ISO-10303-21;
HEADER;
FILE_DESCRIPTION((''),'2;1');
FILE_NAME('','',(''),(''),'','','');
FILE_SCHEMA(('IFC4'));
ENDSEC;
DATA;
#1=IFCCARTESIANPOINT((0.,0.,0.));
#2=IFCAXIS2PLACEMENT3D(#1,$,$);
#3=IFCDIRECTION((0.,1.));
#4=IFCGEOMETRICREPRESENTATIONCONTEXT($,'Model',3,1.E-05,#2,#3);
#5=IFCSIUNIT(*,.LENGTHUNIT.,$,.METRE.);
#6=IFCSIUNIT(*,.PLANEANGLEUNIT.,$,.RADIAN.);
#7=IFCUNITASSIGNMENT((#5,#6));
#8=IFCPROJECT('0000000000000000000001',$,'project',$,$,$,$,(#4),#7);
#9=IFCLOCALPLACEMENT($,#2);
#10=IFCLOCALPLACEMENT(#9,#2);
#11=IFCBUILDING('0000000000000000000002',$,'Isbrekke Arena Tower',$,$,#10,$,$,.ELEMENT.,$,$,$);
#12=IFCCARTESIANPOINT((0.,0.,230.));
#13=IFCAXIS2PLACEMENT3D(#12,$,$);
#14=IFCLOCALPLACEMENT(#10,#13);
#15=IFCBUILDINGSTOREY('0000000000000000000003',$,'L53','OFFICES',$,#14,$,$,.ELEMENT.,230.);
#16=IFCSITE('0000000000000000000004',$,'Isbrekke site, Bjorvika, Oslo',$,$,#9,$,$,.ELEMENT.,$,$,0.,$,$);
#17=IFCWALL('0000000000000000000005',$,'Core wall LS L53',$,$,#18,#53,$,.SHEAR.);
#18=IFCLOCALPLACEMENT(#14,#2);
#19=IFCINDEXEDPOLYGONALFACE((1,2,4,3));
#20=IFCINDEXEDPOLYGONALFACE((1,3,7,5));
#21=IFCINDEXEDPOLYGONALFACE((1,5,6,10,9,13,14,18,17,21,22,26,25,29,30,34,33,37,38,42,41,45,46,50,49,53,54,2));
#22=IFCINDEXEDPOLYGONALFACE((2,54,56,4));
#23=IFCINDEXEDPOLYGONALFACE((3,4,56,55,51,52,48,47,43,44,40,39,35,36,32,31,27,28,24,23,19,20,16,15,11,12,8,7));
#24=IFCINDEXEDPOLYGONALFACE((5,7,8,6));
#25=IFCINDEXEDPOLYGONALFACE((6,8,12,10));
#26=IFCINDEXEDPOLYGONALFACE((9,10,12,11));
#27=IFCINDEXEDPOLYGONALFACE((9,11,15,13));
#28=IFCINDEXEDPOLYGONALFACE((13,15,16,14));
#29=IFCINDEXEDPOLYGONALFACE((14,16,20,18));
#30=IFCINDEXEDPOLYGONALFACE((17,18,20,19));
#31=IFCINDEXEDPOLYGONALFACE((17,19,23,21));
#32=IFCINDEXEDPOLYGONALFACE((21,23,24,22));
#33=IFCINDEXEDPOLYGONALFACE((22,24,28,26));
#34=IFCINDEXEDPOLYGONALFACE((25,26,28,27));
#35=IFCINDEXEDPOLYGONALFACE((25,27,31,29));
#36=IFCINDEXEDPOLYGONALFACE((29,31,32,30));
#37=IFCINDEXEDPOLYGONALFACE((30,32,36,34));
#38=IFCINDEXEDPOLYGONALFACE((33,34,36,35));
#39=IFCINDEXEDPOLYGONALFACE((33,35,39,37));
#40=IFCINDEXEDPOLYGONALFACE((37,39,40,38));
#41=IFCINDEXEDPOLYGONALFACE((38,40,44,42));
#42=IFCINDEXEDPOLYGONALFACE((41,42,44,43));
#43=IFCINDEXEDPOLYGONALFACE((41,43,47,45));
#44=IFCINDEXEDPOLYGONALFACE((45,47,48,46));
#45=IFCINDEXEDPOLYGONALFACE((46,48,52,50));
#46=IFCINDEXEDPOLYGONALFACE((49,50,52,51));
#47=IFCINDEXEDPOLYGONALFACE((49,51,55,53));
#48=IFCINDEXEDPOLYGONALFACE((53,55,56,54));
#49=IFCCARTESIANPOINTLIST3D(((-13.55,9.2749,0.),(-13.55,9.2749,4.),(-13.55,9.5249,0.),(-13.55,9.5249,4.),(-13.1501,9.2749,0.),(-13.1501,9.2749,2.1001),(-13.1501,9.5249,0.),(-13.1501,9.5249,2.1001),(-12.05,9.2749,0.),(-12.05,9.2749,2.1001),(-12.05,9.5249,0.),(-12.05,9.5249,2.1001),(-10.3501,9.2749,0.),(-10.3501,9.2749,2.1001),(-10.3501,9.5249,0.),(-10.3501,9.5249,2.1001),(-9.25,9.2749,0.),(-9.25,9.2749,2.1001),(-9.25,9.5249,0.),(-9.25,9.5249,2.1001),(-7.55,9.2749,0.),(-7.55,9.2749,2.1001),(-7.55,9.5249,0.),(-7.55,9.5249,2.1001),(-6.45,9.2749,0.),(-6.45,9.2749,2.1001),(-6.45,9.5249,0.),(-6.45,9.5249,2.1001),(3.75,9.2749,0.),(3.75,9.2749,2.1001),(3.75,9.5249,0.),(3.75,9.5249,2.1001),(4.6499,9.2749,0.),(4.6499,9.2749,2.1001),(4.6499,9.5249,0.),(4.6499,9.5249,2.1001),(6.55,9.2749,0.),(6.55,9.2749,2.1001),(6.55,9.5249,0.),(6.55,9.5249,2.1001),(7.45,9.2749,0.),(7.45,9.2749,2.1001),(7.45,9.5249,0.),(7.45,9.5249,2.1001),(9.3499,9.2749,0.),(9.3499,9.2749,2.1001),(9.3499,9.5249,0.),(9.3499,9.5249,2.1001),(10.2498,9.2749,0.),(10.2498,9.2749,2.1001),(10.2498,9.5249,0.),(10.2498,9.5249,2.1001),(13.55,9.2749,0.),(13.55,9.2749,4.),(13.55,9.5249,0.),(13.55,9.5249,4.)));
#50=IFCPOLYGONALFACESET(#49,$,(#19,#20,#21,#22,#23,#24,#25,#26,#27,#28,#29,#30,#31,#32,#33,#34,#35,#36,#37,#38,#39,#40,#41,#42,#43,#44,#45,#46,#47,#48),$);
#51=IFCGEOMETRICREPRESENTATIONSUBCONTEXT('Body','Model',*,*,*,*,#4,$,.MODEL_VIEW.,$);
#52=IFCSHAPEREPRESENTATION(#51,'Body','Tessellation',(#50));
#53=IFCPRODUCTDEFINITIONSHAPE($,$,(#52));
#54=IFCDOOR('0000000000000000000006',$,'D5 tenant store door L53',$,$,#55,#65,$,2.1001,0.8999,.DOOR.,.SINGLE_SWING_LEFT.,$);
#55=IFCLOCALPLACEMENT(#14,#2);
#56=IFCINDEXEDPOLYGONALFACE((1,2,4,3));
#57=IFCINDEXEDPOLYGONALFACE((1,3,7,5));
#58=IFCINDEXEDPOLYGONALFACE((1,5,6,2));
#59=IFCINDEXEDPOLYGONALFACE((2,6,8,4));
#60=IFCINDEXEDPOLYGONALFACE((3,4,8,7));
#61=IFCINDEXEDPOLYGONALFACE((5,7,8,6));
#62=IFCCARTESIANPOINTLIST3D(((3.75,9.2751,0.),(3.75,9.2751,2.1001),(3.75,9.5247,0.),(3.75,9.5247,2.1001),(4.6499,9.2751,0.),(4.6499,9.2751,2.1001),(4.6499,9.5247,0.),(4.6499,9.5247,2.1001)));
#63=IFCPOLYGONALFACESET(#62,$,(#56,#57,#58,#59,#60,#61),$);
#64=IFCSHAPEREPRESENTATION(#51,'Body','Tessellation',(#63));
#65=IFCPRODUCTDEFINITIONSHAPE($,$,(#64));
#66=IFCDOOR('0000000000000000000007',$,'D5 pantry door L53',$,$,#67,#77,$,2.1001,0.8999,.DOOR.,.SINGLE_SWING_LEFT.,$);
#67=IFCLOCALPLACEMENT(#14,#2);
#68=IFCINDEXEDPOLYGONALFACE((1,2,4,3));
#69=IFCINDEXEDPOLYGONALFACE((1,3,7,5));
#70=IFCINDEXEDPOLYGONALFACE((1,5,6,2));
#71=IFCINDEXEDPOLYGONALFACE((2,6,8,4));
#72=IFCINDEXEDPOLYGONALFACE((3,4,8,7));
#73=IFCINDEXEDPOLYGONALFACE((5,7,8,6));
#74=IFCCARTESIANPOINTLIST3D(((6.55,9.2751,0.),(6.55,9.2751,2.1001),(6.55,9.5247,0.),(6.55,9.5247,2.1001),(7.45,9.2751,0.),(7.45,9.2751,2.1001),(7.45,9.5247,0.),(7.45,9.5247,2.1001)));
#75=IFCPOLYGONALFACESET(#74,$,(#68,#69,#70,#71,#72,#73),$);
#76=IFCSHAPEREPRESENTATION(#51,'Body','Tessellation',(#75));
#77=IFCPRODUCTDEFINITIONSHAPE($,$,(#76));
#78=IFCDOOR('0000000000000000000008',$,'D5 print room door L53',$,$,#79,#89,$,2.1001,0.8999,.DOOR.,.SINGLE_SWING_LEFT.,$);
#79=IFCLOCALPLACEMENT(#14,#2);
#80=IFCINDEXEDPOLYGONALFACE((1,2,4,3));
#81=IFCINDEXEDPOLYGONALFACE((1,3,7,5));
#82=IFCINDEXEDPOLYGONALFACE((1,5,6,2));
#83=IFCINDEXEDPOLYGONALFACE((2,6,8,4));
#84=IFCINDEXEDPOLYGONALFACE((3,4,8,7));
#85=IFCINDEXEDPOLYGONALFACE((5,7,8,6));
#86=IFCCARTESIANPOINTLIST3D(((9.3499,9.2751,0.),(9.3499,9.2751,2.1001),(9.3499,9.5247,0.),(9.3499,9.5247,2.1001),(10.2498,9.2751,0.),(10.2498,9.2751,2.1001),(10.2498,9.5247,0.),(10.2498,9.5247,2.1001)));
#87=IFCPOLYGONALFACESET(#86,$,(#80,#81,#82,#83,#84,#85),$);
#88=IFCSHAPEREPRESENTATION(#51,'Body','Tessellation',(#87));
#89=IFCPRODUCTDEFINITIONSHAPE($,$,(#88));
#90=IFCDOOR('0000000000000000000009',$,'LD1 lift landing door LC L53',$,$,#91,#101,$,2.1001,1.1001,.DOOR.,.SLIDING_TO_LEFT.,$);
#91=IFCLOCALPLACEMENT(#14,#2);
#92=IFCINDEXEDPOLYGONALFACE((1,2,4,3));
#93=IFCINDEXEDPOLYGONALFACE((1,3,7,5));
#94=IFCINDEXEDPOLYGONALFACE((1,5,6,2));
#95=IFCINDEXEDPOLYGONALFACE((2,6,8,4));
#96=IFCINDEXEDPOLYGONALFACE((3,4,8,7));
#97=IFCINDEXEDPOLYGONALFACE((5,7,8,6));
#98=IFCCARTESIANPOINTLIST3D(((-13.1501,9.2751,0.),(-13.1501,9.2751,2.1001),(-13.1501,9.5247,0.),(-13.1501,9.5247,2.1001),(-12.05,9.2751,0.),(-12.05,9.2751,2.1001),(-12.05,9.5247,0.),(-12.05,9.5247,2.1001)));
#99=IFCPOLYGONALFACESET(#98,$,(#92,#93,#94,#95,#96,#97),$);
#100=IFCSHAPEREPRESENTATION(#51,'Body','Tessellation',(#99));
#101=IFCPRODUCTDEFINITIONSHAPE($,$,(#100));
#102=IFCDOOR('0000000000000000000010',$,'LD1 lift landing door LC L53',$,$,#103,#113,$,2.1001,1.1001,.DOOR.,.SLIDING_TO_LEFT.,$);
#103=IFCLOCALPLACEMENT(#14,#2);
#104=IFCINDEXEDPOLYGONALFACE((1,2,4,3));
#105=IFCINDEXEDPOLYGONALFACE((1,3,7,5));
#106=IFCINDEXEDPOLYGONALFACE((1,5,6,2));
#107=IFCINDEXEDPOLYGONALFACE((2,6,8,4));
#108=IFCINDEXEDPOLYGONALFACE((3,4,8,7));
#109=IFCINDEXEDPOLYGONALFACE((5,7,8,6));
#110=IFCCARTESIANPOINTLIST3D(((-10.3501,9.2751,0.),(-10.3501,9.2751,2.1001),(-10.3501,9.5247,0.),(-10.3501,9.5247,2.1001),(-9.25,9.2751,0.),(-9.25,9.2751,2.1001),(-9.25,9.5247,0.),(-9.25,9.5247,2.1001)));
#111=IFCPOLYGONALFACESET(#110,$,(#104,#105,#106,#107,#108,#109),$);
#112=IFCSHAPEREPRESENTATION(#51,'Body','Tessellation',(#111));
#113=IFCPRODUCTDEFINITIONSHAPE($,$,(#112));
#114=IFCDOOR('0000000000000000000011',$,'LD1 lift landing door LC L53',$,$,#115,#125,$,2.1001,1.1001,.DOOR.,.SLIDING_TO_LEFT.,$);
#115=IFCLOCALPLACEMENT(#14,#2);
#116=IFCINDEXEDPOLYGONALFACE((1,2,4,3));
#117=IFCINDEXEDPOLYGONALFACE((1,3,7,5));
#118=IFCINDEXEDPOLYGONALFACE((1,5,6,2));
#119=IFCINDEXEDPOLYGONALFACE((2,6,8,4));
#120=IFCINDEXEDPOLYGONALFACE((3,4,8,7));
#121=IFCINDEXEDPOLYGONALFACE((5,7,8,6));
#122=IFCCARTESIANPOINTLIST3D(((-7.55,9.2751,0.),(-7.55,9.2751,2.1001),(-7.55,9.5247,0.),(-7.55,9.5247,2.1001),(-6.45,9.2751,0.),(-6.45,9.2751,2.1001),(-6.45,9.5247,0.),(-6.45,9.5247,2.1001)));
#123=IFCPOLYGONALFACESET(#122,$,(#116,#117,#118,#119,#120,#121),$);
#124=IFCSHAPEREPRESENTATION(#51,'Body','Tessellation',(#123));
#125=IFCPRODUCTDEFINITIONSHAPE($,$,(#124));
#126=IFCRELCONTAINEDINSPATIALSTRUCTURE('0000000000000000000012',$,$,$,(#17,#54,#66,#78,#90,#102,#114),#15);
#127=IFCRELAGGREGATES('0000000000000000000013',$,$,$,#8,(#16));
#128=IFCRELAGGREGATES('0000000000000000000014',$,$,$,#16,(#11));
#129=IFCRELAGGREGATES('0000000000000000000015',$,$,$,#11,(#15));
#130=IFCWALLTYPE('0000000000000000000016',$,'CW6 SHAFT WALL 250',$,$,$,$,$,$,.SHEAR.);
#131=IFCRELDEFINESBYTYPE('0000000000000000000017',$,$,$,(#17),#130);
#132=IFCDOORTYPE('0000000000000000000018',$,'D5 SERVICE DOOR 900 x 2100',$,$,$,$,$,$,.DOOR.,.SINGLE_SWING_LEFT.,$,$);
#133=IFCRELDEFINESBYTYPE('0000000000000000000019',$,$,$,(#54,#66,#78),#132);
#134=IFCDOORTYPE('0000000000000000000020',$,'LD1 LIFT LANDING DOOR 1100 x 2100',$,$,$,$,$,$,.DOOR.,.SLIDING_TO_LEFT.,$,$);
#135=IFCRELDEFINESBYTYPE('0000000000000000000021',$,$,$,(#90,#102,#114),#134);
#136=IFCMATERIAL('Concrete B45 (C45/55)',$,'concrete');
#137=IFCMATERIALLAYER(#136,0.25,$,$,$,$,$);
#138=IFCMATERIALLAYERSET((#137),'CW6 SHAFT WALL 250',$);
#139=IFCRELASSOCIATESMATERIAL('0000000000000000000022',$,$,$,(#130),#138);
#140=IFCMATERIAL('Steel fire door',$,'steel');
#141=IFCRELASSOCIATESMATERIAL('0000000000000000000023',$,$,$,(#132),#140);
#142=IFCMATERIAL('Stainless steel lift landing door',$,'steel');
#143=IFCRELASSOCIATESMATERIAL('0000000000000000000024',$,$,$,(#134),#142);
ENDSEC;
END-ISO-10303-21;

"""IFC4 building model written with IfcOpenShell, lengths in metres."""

from ifc_helpers import new_model, si_unit, direction, frame, frame_2d, origin, place, context, subcontext, project, spatial, rectangle, extrude, material, layer, layer_set, type_object, element, fill, save


model = new_model("IFC4")

# Units and contexts
model_context = context("Model", 3, precision=1e-05, world=origin(), true_north=direction((0.0, 1.0)))
body_context = subcontext(model_context, "Body", "Model", "MODEL_VIEW")
ifc_project = project(units=[si_unit("LENGTHUNIT", "METRE"), si_unit("PLANEANGLEUNIT", "RADIAN")], contexts=[model_context])

# Site, building, storey
site_placement = place(None, origin())
site = spatial("IfcSite", under=ifc_project, at=site_placement, Name="Isbrekke site, Bjorvika, Oslo", CompositionType="ELEMENT", RefElevation=0.0)
building_placement = place(site_placement, origin())
building = spatial("IfcBuilding", under=site, at=building_placement, Name="Isbrekke Arena Tower", CompositionType="ELEMENT")
storey_placement = place(building_placement, frame((0.0, 0.0, 230.0)))
storey = spatial("IfcBuildingStorey", under=building, at=storey_placement, Name="L53", Description="OFFICES", CompositionType="ELEMENT", Elevation=230.0)

# Wall, openings, doors
ifc_material_1 = material(Name="Concrete B45 (C45/55)", Category="concrete")
ifc_layer_1 = layer(ifc_material_1, 0.25)
ifc_layer_set_1 = layer_set([ifc_layer_1], Name="CW6 SHAFT WALL 250")
wall_type_1 = type_object("IfcWallType", Name="CW6 SHAFT WALL 250", PredefinedType="SHEAR", material=ifc_layer_set_1)
wall_1_placement = place(storey_placement, frame((-13.55, 9.3999, 0.0), z_axis=(0.0, 0.0, 1.0), x_axis=(1.0, 0.0, 0.0)))
wall_1 = element("IfcWall", 1, at=wall_1_placement, inside=storey, type_object=wall_type_1, Name="Core wall LS L53", PredefinedType="SHEAR", context=body_context, shape_type="SweptSolid", body=[
    extrude(rectangle(XDim=27.1001, YDim=0.25, at=frame_2d((13.55, 0.0))), origin(), (0.0, 0.0, 1.0), 4.0),
])
opening_1_placement = place(wall_1_placement, frame((0.3999, 0.0, 0.0)))
opening_1 = element("IfcOpeningElement", 2, at=opening_1_placement, cuts=wall_1, PredefinedType="OPENING", context=body_context, shape_type="SweptSolid", body=[
    extrude(rectangle(XDim=1.1001, YDim=2.1001, at=frame_2d((0.55, 1.05))), frame((0.0, 0.1399, 0.0), z_axis=(0.0, -1.0, 0.0), x_axis=(1.0, 0.0, 0.0)), (0.0, 0.0, 1.0), 0.2798),
])
opening_2_placement = place(wall_1_placement, frame((3.2, 0.0, 0.0)))
opening_2 = element("IfcOpeningElement", 3, at=opening_2_placement, cuts=wall_1, PredefinedType="OPENING", context=body_context, shape_type="SweptSolid", body=[
    extrude(rectangle(XDim=1.1001, YDim=2.1001, at=frame_2d((0.55, 1.05))), frame((0.0, 0.1399, 0.0), z_axis=(0.0, -1.0, 0.0), x_axis=(1.0, 0.0, 0.0)), (0.0, 0.0, 1.0), 0.2798),
])
opening_3_placement = place(wall_1_placement, frame((6.0, 0.0, 0.0)))
opening_3 = element("IfcOpeningElement", 4, at=opening_3_placement, cuts=wall_1, PredefinedType="OPENING", context=body_context, shape_type="SweptSolid", body=[
    extrude(rectangle(XDim=1.1001, YDim=2.1001, at=frame_2d((0.55, 1.05))), frame((0.0, 0.1399, 0.0), z_axis=(0.0, -1.0, 0.0), x_axis=(1.0, 0.0, 0.0)), (0.0, 0.0, 1.0), 0.2798),
])
opening_4_placement = place(wall_1_placement, frame((17.3, 0.0, 0.0)))
opening_4 = element("IfcOpeningElement", 5, at=opening_4_placement, cuts=wall_1, PredefinedType="OPENING", context=body_context, shape_type="SweptSolid", body=[
    extrude(rectangle(XDim=0.8999, YDim=2.1001, at=frame_2d((0.45, 1.05))), frame((0.0, 0.1399, 0.0), z_axis=(0.0, -1.0, 0.0), x_axis=(1.0, 0.0, 0.0)), (0.0, 0.0, 1.0), 0.2798),
])
opening_5_placement = place(wall_1_placement, frame((20.1001, 0.0, 0.0)))
opening_5 = element("IfcOpeningElement", 6, at=opening_5_placement, cuts=wall_1, PredefinedType="OPENING", context=body_context, shape_type="SweptSolid", body=[
    extrude(rectangle(XDim=0.8999, YDim=2.1001, at=frame_2d((0.45, 1.05))), frame((0.0, 0.1399, 0.0), z_axis=(0.0, -1.0, 0.0), x_axis=(1.0, 0.0, 0.0)), (0.0, 0.0, 1.0), 0.2798),
])
opening_6_placement = place(wall_1_placement, frame((22.8999, 0.0, 0.0)))
opening_6 = element("IfcOpeningElement", 7, at=opening_6_placement, cuts=wall_1, PredefinedType="OPENING", context=body_context, shape_type="SweptSolid", body=[
    extrude(rectangle(XDim=0.8999, YDim=2.1001, at=frame_2d((0.45, 1.05))), frame((0.0, 0.1399, 0.0), z_axis=(0.0, -1.0, 0.0), x_axis=(1.0, 0.0, 0.0)), (0.0, 0.0, 1.0), 0.2798),
])
ifc_material_2 = material(Name="Steel fire door", Category="steel")
door_type_1 = type_object("IfcDoorType", Name="D5 SERVICE DOOR 900 x 2100", OperationType="SINGLE_SWING_LEFT", PredefinedType="DOOR", material=ifc_material_2)
door_1_placement = place(opening_4_placement, origin())
door_1 = element("IfcDoor", 8, at=door_1_placement, inside=storey, type_object=door_type_1, Name="D5 tenant store door L53", OperationType="SINGLE_SWING_LEFT", OverallHeight=2.1001, OverallWidth=0.8999, PredefinedType="DOOR", context=body_context, shape_type="SweptSolid", body=[
    extrude(rectangle(XDim=0.8999, YDim=2.1001, at=frame_2d((0.45, 1.05))), frame((0.0, 0.1248, 0.0), z_axis=(0.0, -1.0, 0.0), x_axis=(1.0, 0.0, 0.0)), (0.0, 0.0, 1.0), 0.2495),
])
fill(opening_4, door_1)
door_2_placement = place(opening_5_placement, origin())
door_2 = element("IfcDoor", 9, at=door_2_placement, inside=storey, type_object=door_type_1, Name="D5 pantry door L53", OperationType="SINGLE_SWING_LEFT", OverallHeight=2.1001, OverallWidth=0.8999, PredefinedType="DOOR", context=body_context, shape_type="SweptSolid", body=[
    extrude(rectangle(XDim=0.8999, YDim=2.1001, at=frame_2d((0.45, 1.05))), frame((0.0, 0.1248, 0.0), z_axis=(0.0, -1.0, 0.0), x_axis=(1.0, 0.0, 0.0)), (0.0, 0.0, 1.0), 0.2495),
])
fill(opening_5, door_2)
door_3_placement = place(opening_6_placement, origin())
door_3 = element("IfcDoor", 10, at=door_3_placement, inside=storey, type_object=door_type_1, Name="D5 print room door L53", OperationType="SINGLE_SWING_LEFT", OverallHeight=2.1001, OverallWidth=0.8999, PredefinedType="DOOR", context=body_context, shape_type="SweptSolid", body=[
    extrude(rectangle(XDim=0.8999, YDim=2.1001, at=frame_2d((0.45, 1.05))), frame((0.0, 0.1248, 0.0), z_axis=(0.0, -1.0, 0.0), x_axis=(1.0, 0.0, 0.0)), (0.0, 0.0, 1.0), 0.2495),
])
fill(opening_6, door_3)
ifc_material_3 = material(Name="Stainless steel lift landing door", Category="steel")
door_type_2 = type_object("IfcDoorType", Name="LD1 LIFT LANDING DOOR 1100 x 2100", OperationType="SLIDING_TO_LEFT", PredefinedType="DOOR", material=ifc_material_3)
door_4_placement = place(opening_1_placement, origin())
door_4 = element("IfcDoor", 11, at=door_4_placement, inside=storey, type_object=door_type_2, Name="LD1 lift landing door LC L53", OperationType="SLIDING_TO_LEFT", OverallHeight=2.1001, OverallWidth=1.1001, PredefinedType="DOOR", context=body_context, shape_type="SweptSolid", body=[
    extrude(rectangle(XDim=1.1001, YDim=2.1001, at=frame_2d((0.55, 1.05))), frame((0.0, 0.1248, 0.0), z_axis=(0.0, -1.0, 0.0), x_axis=(1.0, 0.0, 0.0)), (0.0, 0.0, 1.0), 0.2495),
])
fill(opening_1, door_4)
door_5_placement = place(opening_2_placement, origin())
door_5 = element("IfcDoor", 12, at=door_5_placement, inside=storey, type_object=door_type_2, Name="LD1 lift landing door LC L53", OperationType="SLIDING_TO_LEFT", OverallHeight=2.1001, OverallWidth=1.1001, PredefinedType="DOOR", context=body_context, shape_type="SweptSolid", body=[
    extrude(rectangle(XDim=1.1001, YDim=2.1001, at=frame_2d((0.55, 1.05))), frame((0.0, 0.1248, 0.0), z_axis=(0.0, -1.0, 0.0), x_axis=(1.0, 0.0, 0.0)), (0.0, 0.0, 1.0), 0.2495),
])
fill(opening_2, door_5)
door_6_placement = place(opening_3_placement, origin())
door_6 = element("IfcDoor", 13, at=door_6_placement, inside=storey, type_object=door_type_2, Name="LD1 lift landing door LC L53", OperationType="SLIDING_TO_LEFT", OverallHeight=2.1001, OverallWidth=1.1001, PredefinedType="DOOR", context=body_context, shape_type="SweptSolid", body=[
    extrude(rectangle(XDim=1.1001, YDim=2.1001, at=frame_2d((0.55, 1.05))), frame((0.0, 0.1248, 0.0), z_axis=(0.0, -1.0, 0.0), x_axis=(1.0, 0.0, 0.0)), (0.0, 0.0, 1.0), 0.2495),
])
fill(opening_3, door_6)

save(model, "model.ifc")
